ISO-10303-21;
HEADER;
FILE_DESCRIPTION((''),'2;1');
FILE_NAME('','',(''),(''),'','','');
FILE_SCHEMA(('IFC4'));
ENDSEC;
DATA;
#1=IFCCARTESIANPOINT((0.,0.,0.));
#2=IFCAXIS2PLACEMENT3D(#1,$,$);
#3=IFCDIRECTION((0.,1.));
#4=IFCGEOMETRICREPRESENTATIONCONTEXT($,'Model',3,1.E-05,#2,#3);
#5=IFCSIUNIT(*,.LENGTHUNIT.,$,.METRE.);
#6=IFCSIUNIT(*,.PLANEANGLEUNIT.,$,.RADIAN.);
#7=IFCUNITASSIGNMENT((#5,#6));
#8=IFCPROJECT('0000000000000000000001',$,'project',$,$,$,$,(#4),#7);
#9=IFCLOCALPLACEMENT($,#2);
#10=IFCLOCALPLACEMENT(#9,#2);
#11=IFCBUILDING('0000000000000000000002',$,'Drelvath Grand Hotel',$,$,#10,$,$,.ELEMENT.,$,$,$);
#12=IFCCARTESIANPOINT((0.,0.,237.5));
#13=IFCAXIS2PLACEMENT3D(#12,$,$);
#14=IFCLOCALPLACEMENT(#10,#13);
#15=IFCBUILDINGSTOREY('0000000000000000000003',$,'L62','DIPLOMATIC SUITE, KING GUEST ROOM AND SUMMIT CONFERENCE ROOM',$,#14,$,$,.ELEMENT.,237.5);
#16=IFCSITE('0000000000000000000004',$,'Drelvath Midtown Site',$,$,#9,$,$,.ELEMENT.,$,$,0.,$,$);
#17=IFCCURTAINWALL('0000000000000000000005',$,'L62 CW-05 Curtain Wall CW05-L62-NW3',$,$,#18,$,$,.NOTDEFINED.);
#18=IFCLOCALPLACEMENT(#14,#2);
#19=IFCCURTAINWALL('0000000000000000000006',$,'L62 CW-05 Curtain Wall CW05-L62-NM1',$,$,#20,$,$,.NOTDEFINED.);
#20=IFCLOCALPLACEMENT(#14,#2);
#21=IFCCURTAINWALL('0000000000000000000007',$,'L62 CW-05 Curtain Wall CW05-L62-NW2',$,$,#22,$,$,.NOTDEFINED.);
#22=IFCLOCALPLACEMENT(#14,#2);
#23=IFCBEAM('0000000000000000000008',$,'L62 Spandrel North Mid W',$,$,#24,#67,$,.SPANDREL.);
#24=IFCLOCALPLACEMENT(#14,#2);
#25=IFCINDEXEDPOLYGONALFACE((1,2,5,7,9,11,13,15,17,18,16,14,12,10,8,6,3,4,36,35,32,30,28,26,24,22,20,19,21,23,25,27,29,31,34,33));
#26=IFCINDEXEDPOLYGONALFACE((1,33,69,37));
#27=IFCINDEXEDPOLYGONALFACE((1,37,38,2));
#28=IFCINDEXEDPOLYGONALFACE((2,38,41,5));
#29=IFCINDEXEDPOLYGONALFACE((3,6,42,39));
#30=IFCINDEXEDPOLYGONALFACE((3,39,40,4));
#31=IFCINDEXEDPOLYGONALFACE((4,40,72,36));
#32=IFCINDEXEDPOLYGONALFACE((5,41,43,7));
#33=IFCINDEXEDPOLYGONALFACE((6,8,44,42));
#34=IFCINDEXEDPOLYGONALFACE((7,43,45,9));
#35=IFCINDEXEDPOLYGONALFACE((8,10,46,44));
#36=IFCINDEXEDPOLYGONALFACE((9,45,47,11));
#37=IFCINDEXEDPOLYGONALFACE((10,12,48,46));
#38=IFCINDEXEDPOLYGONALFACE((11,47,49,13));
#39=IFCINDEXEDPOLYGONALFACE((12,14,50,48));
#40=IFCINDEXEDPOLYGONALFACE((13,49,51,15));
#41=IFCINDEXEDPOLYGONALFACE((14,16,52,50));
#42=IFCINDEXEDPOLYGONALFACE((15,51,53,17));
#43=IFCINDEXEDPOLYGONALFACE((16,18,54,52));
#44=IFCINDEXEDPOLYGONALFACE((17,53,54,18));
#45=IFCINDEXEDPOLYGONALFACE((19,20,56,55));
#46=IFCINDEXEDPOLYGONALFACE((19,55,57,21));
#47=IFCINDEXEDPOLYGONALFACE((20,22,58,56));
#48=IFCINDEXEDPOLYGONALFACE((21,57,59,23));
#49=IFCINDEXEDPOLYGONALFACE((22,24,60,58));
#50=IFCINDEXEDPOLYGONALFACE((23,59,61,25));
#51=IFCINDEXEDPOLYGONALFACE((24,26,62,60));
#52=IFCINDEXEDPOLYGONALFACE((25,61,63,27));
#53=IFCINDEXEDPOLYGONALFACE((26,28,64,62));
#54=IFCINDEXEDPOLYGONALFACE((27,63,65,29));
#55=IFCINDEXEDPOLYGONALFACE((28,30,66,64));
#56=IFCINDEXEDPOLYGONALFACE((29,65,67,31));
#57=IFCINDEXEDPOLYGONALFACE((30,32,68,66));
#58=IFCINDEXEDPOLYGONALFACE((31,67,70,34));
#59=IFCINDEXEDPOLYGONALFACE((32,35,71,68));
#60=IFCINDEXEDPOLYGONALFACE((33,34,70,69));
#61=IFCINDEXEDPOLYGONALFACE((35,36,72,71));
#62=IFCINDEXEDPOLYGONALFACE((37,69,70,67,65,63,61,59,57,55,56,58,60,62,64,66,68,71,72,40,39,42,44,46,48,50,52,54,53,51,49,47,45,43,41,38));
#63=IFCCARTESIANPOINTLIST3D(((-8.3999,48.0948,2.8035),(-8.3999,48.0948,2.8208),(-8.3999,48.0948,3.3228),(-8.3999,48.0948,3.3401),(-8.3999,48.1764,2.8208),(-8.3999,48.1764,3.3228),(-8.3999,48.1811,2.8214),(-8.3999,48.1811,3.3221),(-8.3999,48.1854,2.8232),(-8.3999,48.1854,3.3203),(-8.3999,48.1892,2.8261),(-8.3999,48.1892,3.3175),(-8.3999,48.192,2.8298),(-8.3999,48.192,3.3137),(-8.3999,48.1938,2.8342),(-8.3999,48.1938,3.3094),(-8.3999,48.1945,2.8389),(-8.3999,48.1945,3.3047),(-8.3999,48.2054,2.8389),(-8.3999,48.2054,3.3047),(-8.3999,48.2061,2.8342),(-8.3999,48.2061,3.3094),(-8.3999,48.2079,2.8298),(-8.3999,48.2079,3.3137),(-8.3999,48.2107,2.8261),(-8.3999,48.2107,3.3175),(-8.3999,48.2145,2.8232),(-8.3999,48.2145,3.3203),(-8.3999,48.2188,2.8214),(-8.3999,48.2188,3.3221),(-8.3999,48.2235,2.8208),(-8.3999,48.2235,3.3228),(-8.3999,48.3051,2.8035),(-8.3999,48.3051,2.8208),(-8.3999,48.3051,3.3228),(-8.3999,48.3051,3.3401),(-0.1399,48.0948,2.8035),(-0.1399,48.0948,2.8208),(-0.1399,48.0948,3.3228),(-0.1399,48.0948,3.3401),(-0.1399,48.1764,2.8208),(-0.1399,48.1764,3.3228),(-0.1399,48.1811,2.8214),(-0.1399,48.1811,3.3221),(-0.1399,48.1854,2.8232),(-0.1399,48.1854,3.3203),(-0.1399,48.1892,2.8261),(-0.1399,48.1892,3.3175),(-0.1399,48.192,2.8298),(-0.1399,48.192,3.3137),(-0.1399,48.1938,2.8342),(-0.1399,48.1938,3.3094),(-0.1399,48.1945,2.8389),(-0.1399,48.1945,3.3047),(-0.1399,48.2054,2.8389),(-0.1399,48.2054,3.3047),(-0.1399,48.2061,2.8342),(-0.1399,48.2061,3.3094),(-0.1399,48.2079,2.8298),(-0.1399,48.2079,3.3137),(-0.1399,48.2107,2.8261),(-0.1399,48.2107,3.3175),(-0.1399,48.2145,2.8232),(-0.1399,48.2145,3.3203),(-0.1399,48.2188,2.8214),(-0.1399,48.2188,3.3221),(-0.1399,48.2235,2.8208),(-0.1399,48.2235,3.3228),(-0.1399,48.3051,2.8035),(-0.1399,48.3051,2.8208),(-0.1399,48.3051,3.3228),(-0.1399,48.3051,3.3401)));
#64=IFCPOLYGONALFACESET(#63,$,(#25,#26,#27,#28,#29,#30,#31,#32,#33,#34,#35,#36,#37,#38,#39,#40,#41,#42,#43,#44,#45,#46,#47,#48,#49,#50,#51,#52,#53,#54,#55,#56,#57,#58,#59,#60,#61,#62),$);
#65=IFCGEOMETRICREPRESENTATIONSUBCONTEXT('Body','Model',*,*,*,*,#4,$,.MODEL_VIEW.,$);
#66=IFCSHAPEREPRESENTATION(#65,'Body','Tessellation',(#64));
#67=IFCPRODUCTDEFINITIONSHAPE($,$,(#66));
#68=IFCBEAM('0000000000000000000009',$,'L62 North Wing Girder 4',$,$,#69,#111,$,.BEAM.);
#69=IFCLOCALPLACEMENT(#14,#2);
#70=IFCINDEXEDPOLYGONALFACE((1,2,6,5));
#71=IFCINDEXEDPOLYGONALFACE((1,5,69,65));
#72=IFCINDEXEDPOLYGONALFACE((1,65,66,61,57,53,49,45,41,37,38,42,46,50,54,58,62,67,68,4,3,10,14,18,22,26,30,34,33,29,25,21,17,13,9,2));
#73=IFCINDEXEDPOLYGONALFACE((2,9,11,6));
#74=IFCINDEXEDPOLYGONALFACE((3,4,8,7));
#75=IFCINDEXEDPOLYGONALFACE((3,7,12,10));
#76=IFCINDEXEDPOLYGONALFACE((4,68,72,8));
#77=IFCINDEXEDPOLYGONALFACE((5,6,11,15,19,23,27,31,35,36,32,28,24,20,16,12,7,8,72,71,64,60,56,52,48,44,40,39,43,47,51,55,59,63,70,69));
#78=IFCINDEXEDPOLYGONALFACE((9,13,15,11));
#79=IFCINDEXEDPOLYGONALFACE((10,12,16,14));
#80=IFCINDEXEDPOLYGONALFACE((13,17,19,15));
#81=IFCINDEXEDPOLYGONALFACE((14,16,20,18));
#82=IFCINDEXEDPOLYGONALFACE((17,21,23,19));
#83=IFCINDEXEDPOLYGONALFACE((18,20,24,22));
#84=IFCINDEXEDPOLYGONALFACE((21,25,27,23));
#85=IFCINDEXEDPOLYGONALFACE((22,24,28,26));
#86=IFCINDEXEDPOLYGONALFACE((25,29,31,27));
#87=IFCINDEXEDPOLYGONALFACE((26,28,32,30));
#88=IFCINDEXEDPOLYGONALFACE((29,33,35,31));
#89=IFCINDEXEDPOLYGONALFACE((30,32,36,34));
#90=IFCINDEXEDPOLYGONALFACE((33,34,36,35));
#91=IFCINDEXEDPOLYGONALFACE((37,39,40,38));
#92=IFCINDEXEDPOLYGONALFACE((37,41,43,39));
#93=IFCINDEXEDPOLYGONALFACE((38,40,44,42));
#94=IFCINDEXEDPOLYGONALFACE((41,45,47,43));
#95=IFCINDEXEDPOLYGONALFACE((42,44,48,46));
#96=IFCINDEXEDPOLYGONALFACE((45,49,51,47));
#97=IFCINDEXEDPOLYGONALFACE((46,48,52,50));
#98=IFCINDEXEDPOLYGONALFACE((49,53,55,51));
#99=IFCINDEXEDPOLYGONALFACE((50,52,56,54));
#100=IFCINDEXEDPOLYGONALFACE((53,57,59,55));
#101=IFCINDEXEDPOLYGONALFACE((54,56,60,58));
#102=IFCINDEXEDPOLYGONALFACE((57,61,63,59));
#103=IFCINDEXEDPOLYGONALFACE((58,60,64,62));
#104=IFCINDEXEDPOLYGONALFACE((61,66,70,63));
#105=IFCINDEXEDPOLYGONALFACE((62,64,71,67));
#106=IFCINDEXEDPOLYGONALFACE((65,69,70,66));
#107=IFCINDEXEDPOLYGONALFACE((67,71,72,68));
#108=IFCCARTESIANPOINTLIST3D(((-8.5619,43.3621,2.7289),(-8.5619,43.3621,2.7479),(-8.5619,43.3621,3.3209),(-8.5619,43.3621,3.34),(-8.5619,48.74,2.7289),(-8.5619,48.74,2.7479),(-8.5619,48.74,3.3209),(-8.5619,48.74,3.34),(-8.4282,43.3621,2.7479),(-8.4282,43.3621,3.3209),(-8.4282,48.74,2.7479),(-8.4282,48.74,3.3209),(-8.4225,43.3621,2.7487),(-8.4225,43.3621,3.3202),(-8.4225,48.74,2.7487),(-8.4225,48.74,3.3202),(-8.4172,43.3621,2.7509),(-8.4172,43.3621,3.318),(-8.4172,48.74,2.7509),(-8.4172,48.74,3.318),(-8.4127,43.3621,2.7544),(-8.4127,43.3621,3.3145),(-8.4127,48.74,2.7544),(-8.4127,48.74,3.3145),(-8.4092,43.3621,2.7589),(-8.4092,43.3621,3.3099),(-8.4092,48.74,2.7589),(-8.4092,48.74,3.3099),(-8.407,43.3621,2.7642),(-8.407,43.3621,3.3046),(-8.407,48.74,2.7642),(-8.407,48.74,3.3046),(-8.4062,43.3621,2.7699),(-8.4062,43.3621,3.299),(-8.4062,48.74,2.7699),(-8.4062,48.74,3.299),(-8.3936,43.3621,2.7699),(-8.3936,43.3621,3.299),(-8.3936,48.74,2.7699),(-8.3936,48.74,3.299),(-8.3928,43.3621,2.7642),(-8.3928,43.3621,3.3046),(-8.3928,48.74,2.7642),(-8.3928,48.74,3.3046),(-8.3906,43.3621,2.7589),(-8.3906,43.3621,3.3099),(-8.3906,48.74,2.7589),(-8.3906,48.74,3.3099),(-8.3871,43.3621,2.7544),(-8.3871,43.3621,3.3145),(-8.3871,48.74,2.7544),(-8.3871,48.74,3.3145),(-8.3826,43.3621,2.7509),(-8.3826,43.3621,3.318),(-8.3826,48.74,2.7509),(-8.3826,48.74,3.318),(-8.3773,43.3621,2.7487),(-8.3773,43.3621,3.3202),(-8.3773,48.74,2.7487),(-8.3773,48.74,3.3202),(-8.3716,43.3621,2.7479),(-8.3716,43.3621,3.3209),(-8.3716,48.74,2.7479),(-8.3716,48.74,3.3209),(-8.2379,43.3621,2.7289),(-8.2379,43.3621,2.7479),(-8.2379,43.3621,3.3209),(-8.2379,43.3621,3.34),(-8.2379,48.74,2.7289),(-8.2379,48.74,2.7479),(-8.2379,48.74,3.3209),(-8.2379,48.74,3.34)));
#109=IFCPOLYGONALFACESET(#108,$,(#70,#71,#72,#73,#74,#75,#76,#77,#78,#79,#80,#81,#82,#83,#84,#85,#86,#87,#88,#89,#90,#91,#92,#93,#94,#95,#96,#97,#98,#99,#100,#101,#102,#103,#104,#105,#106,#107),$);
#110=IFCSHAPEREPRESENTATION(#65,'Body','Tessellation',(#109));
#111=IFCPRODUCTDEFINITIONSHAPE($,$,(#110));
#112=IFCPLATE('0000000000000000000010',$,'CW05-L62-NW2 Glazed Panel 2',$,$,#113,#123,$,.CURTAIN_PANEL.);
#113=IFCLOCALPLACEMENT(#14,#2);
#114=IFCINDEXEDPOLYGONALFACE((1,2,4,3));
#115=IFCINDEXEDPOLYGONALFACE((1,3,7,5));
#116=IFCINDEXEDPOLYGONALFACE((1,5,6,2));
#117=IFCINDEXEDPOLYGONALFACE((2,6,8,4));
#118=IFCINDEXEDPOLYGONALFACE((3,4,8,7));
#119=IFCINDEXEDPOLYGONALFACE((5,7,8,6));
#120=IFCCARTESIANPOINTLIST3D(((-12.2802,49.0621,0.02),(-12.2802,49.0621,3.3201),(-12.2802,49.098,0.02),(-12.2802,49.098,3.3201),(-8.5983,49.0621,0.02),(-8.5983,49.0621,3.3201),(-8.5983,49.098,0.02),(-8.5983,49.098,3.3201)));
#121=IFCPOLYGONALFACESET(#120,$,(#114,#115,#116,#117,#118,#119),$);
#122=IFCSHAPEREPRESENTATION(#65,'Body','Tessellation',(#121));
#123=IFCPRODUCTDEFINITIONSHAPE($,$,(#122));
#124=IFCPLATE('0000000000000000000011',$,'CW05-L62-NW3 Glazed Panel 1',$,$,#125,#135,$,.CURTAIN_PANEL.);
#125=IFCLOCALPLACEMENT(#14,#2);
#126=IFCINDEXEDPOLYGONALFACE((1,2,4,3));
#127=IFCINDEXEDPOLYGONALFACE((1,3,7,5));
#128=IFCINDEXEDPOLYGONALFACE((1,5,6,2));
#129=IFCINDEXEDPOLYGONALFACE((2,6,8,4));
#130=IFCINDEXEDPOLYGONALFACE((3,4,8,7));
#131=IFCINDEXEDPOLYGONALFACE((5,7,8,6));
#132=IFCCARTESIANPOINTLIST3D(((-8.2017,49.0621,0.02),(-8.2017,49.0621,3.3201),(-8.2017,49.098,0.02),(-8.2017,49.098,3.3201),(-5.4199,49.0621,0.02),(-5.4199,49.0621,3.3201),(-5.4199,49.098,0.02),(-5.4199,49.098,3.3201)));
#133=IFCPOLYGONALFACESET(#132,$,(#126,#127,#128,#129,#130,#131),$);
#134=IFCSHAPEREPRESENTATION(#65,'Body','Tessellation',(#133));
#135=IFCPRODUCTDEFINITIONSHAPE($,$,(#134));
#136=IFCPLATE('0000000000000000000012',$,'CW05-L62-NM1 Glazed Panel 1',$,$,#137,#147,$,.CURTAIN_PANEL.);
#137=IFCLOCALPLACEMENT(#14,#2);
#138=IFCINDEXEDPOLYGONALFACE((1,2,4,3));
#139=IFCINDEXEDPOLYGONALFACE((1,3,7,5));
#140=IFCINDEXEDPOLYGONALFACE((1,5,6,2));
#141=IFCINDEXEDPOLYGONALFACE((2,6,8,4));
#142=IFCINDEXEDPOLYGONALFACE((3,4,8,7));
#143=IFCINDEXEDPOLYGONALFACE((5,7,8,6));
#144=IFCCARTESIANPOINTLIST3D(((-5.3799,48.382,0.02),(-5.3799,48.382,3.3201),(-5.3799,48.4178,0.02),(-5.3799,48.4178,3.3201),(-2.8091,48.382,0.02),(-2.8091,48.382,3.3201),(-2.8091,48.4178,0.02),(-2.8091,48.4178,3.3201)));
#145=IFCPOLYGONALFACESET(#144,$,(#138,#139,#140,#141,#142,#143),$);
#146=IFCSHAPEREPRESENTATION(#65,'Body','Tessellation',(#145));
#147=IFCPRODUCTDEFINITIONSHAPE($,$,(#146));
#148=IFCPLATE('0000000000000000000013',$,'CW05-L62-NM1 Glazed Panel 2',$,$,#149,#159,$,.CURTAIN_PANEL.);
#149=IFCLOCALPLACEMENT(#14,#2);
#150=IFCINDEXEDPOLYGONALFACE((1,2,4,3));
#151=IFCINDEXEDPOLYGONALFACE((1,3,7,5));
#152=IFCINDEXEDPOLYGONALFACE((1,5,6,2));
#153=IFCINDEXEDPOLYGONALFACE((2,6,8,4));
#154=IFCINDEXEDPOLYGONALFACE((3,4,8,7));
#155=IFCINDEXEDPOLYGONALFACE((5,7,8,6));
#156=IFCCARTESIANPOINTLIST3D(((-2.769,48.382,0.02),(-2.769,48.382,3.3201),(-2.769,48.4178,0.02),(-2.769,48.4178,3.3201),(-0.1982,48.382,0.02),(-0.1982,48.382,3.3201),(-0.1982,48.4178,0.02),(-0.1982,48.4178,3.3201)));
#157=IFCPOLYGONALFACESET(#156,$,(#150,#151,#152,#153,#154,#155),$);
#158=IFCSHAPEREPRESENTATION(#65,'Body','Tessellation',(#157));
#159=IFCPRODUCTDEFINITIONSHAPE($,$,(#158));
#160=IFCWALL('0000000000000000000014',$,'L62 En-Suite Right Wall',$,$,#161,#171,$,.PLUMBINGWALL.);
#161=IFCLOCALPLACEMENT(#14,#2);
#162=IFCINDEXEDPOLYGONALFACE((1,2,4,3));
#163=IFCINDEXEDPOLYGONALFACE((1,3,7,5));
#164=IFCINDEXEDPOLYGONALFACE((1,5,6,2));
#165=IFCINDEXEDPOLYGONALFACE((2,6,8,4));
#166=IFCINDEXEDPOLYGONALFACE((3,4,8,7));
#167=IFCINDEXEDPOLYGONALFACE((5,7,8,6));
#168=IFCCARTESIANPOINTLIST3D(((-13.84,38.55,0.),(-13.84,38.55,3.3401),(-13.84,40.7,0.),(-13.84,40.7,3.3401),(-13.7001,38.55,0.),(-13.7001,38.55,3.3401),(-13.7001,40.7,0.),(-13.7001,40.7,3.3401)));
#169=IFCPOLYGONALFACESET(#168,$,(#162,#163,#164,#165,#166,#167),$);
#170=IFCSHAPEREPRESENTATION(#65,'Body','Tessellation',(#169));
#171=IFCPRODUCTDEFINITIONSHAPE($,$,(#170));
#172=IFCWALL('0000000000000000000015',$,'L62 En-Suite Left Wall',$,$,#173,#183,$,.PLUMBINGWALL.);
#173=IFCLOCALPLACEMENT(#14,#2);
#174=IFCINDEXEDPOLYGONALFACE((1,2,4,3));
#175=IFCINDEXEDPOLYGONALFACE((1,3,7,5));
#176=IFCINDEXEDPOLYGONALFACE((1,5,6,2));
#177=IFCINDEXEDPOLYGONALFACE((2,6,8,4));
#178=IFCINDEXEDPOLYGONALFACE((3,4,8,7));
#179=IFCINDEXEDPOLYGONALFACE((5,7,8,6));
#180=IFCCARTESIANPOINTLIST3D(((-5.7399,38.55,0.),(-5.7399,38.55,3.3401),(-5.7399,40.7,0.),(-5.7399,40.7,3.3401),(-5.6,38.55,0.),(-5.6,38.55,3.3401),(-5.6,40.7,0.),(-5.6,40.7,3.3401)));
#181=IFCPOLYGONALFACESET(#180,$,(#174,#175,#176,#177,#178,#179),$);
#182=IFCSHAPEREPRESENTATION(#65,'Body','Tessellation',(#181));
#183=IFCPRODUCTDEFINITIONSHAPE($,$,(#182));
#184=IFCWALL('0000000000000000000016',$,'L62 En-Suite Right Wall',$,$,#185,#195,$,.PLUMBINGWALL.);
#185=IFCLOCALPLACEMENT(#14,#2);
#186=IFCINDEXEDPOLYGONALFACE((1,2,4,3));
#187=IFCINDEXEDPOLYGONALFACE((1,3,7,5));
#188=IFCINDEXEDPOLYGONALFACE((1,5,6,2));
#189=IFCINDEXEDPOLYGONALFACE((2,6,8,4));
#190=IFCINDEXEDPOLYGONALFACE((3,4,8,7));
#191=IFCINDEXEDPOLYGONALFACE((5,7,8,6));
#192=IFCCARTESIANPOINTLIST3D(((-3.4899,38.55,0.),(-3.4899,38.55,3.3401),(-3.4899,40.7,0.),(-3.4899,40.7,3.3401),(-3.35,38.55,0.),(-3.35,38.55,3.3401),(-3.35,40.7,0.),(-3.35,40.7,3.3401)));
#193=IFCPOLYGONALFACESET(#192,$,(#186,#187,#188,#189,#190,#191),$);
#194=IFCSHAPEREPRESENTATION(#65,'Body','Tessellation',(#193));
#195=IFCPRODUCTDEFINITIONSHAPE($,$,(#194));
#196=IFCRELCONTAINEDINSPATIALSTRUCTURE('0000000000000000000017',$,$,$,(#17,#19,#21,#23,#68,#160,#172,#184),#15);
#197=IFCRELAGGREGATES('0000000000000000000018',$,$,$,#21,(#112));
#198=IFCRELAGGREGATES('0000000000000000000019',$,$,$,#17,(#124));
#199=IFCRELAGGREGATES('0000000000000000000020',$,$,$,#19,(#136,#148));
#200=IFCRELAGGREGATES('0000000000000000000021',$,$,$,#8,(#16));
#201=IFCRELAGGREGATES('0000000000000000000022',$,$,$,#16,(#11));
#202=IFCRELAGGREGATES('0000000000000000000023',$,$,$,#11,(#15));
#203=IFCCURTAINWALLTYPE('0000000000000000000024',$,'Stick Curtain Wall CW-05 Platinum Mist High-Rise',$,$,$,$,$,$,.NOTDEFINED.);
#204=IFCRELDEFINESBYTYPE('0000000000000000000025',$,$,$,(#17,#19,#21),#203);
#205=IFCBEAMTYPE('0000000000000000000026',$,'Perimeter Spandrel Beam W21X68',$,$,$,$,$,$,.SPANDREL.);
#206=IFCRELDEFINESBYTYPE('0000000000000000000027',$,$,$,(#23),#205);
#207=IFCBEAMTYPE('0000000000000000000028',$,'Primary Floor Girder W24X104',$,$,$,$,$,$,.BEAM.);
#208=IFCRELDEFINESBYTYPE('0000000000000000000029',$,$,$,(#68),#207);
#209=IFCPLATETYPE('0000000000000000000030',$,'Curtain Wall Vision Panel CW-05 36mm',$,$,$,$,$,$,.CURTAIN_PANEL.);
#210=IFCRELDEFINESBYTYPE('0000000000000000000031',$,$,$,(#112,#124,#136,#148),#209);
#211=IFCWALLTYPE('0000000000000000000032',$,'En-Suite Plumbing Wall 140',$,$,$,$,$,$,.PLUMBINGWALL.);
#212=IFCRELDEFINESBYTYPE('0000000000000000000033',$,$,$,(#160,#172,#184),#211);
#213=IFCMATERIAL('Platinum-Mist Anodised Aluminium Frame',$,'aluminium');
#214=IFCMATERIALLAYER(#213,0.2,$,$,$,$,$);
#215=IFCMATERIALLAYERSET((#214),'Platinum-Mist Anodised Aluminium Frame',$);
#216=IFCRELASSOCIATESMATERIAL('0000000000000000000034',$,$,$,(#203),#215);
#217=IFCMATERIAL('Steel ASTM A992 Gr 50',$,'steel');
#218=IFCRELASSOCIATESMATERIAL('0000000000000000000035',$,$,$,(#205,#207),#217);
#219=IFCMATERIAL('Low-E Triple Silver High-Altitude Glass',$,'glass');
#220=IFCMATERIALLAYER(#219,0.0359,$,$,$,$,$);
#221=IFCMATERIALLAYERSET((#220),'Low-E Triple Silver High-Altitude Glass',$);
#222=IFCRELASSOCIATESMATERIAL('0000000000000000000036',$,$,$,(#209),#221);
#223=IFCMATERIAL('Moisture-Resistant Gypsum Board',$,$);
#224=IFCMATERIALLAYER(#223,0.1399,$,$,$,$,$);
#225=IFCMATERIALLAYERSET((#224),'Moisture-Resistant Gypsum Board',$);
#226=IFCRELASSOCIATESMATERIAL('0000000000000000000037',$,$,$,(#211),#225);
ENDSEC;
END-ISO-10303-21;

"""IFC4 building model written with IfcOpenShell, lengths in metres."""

from ifc_helpers import new_model, si_unit, direction, frame, frame_2d, origin, origin_2d, place, context, subcontext, project, spatial, rectangle, i_section, extrude, material, layer, layer_set, material_profile, profile_set, type_object, element, aggregate, save


model = new_model("IFC4")

# Units and contexts
model_context = context("Model", 3, precision=1e-05, world=origin(), true_north=direction((0.0, 1.0)))
body_context = subcontext(model_context, "Body", "Model", "MODEL_VIEW")
ifc_project = project(units=[si_unit("LENGTHUNIT", "METRE"), si_unit("PLANEANGLEUNIT", "RADIAN")], contexts=[model_context])

# Site, building, storey
site_placement = place(None, origin())
site = spatial("IfcSite", under=ifc_project, at=site_placement, Name="Drelvath Midtown Site", CompositionType="ELEMENT", RefElevation=0.0)
building_placement = place(site_placement, origin())
building = spatial("IfcBuilding", under=site, at=building_placement, Name="Drelvath Grand Hotel", CompositionType="ELEMENT")
storey_placement = place(building_placement, frame((0.0, 0.0, 237.5)))
storey = spatial("IfcBuildingStorey", under=building, at=storey_placement, Name="L62", Description="DIPLOMATIC SUITE, KING GUEST ROOM AND SUMMIT CONFERENCE ROOM", CompositionType="ELEMENT", Elevation=237.5)

# Curtain walls
ifc_material_1 = material(Name="Platinum-Mist Anodised Aluminium Frame", Category="aluminium")
ifc_layer_1 = layer(ifc_material_1, 0.2)
ifc_layer_set_1 = layer_set([ifc_layer_1], Name="Platinum-Mist Anodised Aluminium Frame")
curtain_wall_type = type_object("IfcCurtainWallType", Name="Stick Curtain Wall CW-05 Platinum Mist High-Rise", PredefinedType="NOTDEFINED", material=ifc_layer_set_1)
curtain_wall_1_placement = place(storey_placement, origin())
curtain_wall_1 = element("IfcCurtainWall", 1, at=curtain_wall_1_placement, inside=storey, type_object=curtain_wall_type, Name="L62 CW-05 Curtain Wall CW05-L62-NW3", PredefinedType="NOTDEFINED")
curtain_wall_2_placement = place(storey_placement, origin())
curtain_wall_2 = element("IfcCurtainWall", 2, at=curtain_wall_2_placement, inside=storey, type_object=curtain_wall_type, Name="L62 CW-05 Curtain Wall CW05-L62-NM1", PredefinedType="NOTDEFINED")

# Curtain wall
curtain_wall_3_placement = place(storey_placement, origin())
curtain_wall_3 = element("IfcCurtainWall", 3, at=curtain_wall_3_placement, inside=storey, type_object=curtain_wall_type, Name="L62 CW-05 Curtain Wall CW05-L62-NW2", PredefinedType="NOTDEFINED")

# Beams
ifc_material_2 = material(Name="Steel ASTM A992 Gr 50", Category="steel")
ifc_material_profile_1 = material_profile(ifc_material_2, i_section(OverallWidth=0.2102, OverallDepth=0.5366, WebThickness=0.011, FlangeThickness=0.0173, FilletRadius=0.0181, at=origin_2d()), Name="W21X68")
ifc_profile_set_1 = profile_set([ifc_material_profile_1], Name="Steel ASTM A992 Gr 50")
beam_type_1 = type_object("IfcBeamType", Name="Perimeter Spandrel Beam W21X68", PredefinedType="SPANDREL", material=ifc_profile_set_1)
beam_1_placement = place(storey_placement, frame((-8.3999, 48.2, 3.0718), z_axis=(1.0, 0.0, 0.0), x_axis=(0.0, 1.0, 0.0)))
element("IfcBeam", 4, at=beam_1_placement, inside=storey, type_object=beam_type_1, Name="L62 Spandrel North Mid W", PredefinedType="SPANDREL", context=body_context, shape_type="SweptSolid", body=[
    extrude(i_section(OverallWidth=0.2102, OverallDepth=0.5366, WebThickness=0.011, FlangeThickness=0.0173, FilletRadius=0.0181, at=origin_2d()), origin(), (0.0, 0.0, 1.0), 8.26),
])
ifc_material_profile_2 = material_profile(ifc_material_2, i_section(OverallWidth=0.324, OverallDepth=0.6111, WebThickness=0.0127, FlangeThickness=0.019, FilletRadius=0.022, at=origin_2d()), Name="W24X104")
ifc_profile_set_2 = profile_set([ifc_material_profile_2], Name="Steel ASTM A992 Gr 50")
beam_type_2 = type_object("IfcBeamType", Name="Primary Floor Girder W24X104", PredefinedType="BEAM", material=ifc_profile_set_2)
beam_2_placement = place(storey_placement, frame((-8.3999, 43.3621, 3.0344), z_axis=(0.0, 1.0, 0.0), x_axis=(-1.0, 0.0, 0.0)))
element("IfcBeam", 5, at=beam_2_placement, inside=storey, type_object=beam_type_2, Name="L62 North Wing Girder 4", PredefinedType="BEAM", context=body_context, shape_type="SweptSolid", body=[
    extrude(i_section(OverallWidth=0.324, OverallDepth=0.6111, WebThickness=0.0127, FlangeThickness=0.019, FilletRadius=0.022, at=origin_2d()), origin(), (0.0, 0.0, 1.0), 5.3779),
])

# Plates
ifc_material_3 = material(Name="Low-E Triple Silver High-Altitude Glass", Category="glass")
ifc_layer_2 = layer(ifc_material_3, 0.0359)
ifc_layer_set_2 = layer_set([ifc_layer_2], Name="Low-E Triple Silver High-Altitude Glass")
plate_type = type_object("IfcPlateType", Name="Curtain Wall Vision Panel CW-05 36mm", PredefinedType="CURTAIN_PANEL", material=ifc_layer_set_2)
plate_1_placement = place(storey_placement, frame((-10.4392, 49.0801, 0.02), z_axis=(0.0, 0.0, 1.0), x_axis=(1.0, 0.0, 0.0)))
plate_1 = element("IfcPlate", 6, at=plate_1_placement, type_object=plate_type, Name="CW05-L62-NW2 Glazed Panel 2", PredefinedType="CURTAIN_PANEL", context=body_context, shape_type="SweptSolid", body=[
    extrude(rectangle(XDim=3.6819, YDim=0.0359, at=origin_2d()), origin(), (0.0, 0.0, 1.0), 3.3),
])
aggregate(curtain_wall_3, [plate_1])
plate_2_placement = place(storey_placement, frame((-6.8108, 49.0801, 0.02), z_axis=(0.0, 0.0, 1.0), x_axis=(1.0, 0.0, 0.0)))
plate_2 = element("IfcPlate", 7, at=plate_2_placement, type_object=plate_type, Name="CW05-L62-NW3 Glazed Panel 1", PredefinedType="CURTAIN_PANEL", context=body_context, shape_type="SweptSolid", body=[
    extrude(rectangle(XDim=2.7817, YDim=0.0359, at=origin_2d()), origin(), (0.0, 0.0, 1.0), 3.3),
])
aggregate(curtain_wall_1, [plate_2])
plate_3_placement = place(storey_placement, frame((-4.0945, 48.3999, 0.02), z_axis=(0.0, 0.0, 1.0), x_axis=(1.0, 0.0, 0.0)))
plate_3 = element("IfcPlate", 8, at=plate_3_placement, type_object=plate_type, Name="CW05-L62-NM1 Glazed Panel 1", PredefinedType="CURTAIN_PANEL", context=body_context, shape_type="SweptSolid", body=[
    extrude(rectangle(XDim=2.5708, YDim=0.0359, at=origin_2d()), origin(), (0.0, 0.0, 1.0), 3.3),
])
plate_4_placement = place(storey_placement, frame((-1.4836, 48.3999, 0.02), z_axis=(0.0, 0.0, 1.0), x_axis=(1.0, 0.0, 0.0)))
plate_4 = element("IfcPlate", 9, at=plate_4_placement, type_object=plate_type, Name="CW05-L62-NM1 Glazed Panel 2", PredefinedType="CURTAIN_PANEL", context=body_context, shape_type="SweptSolid", body=[
    extrude(rectangle(XDim=2.5708, YDim=0.0359, at=origin_2d()), origin(), (0.0, 0.0, 1.0), 3.3),
])
aggregate(curtain_wall_2, [plate_3, plate_4])

# Walls
ifc_material_4 = material(Name="Moisture-Resistant Gypsum Board")
ifc_layer_3 = layer(ifc_material_4, 0.1399)
ifc_layer_set_3 = layer_set([ifc_layer_3], Name="Moisture-Resistant Gypsum Board")
wall_type_1 = type_object("IfcWallType", Name="En-Suite Plumbing Wall 140", PredefinedType="PLUMBINGWALL", material=ifc_layer_set_3)
for number, where, z_axis, x_axis, name in (
    (10, (-13.77, 38.55, 0.0), (0.0, 0.0, 1.0), (0.0, 1.0, 0.0), "L62 En-Suite Right Wall"),
    (11, (-5.6699, 38.55, 0.0), (0.0, 0.0, 1.0), (0.0, 1.0, 0.0), "L62 En-Suite Left Wall"),
    (12, (-3.4199, 38.55, 0.0), (0.0, 0.0, 1.0), (0.0, 1.0, 0.0), "L62 En-Suite Right Wall"),
):
    element("IfcWall", number, at=place(storey_placement, frame(where, z_axis=z_axis, x_axis=x_axis)), inside=storey, type_object=wall_type_1, Name=name, PredefinedType="PLUMBINGWALL", context=body_context, shape_type="SweptSolid", body=[
        extrude(rectangle(XDim=2.1499, YDim=0.1399, at=frame_2d((1.075, 0.0))), origin(), (0.0, 0.0, 1.0), 3.3401),
    ])

save(model, "model.ifc")
